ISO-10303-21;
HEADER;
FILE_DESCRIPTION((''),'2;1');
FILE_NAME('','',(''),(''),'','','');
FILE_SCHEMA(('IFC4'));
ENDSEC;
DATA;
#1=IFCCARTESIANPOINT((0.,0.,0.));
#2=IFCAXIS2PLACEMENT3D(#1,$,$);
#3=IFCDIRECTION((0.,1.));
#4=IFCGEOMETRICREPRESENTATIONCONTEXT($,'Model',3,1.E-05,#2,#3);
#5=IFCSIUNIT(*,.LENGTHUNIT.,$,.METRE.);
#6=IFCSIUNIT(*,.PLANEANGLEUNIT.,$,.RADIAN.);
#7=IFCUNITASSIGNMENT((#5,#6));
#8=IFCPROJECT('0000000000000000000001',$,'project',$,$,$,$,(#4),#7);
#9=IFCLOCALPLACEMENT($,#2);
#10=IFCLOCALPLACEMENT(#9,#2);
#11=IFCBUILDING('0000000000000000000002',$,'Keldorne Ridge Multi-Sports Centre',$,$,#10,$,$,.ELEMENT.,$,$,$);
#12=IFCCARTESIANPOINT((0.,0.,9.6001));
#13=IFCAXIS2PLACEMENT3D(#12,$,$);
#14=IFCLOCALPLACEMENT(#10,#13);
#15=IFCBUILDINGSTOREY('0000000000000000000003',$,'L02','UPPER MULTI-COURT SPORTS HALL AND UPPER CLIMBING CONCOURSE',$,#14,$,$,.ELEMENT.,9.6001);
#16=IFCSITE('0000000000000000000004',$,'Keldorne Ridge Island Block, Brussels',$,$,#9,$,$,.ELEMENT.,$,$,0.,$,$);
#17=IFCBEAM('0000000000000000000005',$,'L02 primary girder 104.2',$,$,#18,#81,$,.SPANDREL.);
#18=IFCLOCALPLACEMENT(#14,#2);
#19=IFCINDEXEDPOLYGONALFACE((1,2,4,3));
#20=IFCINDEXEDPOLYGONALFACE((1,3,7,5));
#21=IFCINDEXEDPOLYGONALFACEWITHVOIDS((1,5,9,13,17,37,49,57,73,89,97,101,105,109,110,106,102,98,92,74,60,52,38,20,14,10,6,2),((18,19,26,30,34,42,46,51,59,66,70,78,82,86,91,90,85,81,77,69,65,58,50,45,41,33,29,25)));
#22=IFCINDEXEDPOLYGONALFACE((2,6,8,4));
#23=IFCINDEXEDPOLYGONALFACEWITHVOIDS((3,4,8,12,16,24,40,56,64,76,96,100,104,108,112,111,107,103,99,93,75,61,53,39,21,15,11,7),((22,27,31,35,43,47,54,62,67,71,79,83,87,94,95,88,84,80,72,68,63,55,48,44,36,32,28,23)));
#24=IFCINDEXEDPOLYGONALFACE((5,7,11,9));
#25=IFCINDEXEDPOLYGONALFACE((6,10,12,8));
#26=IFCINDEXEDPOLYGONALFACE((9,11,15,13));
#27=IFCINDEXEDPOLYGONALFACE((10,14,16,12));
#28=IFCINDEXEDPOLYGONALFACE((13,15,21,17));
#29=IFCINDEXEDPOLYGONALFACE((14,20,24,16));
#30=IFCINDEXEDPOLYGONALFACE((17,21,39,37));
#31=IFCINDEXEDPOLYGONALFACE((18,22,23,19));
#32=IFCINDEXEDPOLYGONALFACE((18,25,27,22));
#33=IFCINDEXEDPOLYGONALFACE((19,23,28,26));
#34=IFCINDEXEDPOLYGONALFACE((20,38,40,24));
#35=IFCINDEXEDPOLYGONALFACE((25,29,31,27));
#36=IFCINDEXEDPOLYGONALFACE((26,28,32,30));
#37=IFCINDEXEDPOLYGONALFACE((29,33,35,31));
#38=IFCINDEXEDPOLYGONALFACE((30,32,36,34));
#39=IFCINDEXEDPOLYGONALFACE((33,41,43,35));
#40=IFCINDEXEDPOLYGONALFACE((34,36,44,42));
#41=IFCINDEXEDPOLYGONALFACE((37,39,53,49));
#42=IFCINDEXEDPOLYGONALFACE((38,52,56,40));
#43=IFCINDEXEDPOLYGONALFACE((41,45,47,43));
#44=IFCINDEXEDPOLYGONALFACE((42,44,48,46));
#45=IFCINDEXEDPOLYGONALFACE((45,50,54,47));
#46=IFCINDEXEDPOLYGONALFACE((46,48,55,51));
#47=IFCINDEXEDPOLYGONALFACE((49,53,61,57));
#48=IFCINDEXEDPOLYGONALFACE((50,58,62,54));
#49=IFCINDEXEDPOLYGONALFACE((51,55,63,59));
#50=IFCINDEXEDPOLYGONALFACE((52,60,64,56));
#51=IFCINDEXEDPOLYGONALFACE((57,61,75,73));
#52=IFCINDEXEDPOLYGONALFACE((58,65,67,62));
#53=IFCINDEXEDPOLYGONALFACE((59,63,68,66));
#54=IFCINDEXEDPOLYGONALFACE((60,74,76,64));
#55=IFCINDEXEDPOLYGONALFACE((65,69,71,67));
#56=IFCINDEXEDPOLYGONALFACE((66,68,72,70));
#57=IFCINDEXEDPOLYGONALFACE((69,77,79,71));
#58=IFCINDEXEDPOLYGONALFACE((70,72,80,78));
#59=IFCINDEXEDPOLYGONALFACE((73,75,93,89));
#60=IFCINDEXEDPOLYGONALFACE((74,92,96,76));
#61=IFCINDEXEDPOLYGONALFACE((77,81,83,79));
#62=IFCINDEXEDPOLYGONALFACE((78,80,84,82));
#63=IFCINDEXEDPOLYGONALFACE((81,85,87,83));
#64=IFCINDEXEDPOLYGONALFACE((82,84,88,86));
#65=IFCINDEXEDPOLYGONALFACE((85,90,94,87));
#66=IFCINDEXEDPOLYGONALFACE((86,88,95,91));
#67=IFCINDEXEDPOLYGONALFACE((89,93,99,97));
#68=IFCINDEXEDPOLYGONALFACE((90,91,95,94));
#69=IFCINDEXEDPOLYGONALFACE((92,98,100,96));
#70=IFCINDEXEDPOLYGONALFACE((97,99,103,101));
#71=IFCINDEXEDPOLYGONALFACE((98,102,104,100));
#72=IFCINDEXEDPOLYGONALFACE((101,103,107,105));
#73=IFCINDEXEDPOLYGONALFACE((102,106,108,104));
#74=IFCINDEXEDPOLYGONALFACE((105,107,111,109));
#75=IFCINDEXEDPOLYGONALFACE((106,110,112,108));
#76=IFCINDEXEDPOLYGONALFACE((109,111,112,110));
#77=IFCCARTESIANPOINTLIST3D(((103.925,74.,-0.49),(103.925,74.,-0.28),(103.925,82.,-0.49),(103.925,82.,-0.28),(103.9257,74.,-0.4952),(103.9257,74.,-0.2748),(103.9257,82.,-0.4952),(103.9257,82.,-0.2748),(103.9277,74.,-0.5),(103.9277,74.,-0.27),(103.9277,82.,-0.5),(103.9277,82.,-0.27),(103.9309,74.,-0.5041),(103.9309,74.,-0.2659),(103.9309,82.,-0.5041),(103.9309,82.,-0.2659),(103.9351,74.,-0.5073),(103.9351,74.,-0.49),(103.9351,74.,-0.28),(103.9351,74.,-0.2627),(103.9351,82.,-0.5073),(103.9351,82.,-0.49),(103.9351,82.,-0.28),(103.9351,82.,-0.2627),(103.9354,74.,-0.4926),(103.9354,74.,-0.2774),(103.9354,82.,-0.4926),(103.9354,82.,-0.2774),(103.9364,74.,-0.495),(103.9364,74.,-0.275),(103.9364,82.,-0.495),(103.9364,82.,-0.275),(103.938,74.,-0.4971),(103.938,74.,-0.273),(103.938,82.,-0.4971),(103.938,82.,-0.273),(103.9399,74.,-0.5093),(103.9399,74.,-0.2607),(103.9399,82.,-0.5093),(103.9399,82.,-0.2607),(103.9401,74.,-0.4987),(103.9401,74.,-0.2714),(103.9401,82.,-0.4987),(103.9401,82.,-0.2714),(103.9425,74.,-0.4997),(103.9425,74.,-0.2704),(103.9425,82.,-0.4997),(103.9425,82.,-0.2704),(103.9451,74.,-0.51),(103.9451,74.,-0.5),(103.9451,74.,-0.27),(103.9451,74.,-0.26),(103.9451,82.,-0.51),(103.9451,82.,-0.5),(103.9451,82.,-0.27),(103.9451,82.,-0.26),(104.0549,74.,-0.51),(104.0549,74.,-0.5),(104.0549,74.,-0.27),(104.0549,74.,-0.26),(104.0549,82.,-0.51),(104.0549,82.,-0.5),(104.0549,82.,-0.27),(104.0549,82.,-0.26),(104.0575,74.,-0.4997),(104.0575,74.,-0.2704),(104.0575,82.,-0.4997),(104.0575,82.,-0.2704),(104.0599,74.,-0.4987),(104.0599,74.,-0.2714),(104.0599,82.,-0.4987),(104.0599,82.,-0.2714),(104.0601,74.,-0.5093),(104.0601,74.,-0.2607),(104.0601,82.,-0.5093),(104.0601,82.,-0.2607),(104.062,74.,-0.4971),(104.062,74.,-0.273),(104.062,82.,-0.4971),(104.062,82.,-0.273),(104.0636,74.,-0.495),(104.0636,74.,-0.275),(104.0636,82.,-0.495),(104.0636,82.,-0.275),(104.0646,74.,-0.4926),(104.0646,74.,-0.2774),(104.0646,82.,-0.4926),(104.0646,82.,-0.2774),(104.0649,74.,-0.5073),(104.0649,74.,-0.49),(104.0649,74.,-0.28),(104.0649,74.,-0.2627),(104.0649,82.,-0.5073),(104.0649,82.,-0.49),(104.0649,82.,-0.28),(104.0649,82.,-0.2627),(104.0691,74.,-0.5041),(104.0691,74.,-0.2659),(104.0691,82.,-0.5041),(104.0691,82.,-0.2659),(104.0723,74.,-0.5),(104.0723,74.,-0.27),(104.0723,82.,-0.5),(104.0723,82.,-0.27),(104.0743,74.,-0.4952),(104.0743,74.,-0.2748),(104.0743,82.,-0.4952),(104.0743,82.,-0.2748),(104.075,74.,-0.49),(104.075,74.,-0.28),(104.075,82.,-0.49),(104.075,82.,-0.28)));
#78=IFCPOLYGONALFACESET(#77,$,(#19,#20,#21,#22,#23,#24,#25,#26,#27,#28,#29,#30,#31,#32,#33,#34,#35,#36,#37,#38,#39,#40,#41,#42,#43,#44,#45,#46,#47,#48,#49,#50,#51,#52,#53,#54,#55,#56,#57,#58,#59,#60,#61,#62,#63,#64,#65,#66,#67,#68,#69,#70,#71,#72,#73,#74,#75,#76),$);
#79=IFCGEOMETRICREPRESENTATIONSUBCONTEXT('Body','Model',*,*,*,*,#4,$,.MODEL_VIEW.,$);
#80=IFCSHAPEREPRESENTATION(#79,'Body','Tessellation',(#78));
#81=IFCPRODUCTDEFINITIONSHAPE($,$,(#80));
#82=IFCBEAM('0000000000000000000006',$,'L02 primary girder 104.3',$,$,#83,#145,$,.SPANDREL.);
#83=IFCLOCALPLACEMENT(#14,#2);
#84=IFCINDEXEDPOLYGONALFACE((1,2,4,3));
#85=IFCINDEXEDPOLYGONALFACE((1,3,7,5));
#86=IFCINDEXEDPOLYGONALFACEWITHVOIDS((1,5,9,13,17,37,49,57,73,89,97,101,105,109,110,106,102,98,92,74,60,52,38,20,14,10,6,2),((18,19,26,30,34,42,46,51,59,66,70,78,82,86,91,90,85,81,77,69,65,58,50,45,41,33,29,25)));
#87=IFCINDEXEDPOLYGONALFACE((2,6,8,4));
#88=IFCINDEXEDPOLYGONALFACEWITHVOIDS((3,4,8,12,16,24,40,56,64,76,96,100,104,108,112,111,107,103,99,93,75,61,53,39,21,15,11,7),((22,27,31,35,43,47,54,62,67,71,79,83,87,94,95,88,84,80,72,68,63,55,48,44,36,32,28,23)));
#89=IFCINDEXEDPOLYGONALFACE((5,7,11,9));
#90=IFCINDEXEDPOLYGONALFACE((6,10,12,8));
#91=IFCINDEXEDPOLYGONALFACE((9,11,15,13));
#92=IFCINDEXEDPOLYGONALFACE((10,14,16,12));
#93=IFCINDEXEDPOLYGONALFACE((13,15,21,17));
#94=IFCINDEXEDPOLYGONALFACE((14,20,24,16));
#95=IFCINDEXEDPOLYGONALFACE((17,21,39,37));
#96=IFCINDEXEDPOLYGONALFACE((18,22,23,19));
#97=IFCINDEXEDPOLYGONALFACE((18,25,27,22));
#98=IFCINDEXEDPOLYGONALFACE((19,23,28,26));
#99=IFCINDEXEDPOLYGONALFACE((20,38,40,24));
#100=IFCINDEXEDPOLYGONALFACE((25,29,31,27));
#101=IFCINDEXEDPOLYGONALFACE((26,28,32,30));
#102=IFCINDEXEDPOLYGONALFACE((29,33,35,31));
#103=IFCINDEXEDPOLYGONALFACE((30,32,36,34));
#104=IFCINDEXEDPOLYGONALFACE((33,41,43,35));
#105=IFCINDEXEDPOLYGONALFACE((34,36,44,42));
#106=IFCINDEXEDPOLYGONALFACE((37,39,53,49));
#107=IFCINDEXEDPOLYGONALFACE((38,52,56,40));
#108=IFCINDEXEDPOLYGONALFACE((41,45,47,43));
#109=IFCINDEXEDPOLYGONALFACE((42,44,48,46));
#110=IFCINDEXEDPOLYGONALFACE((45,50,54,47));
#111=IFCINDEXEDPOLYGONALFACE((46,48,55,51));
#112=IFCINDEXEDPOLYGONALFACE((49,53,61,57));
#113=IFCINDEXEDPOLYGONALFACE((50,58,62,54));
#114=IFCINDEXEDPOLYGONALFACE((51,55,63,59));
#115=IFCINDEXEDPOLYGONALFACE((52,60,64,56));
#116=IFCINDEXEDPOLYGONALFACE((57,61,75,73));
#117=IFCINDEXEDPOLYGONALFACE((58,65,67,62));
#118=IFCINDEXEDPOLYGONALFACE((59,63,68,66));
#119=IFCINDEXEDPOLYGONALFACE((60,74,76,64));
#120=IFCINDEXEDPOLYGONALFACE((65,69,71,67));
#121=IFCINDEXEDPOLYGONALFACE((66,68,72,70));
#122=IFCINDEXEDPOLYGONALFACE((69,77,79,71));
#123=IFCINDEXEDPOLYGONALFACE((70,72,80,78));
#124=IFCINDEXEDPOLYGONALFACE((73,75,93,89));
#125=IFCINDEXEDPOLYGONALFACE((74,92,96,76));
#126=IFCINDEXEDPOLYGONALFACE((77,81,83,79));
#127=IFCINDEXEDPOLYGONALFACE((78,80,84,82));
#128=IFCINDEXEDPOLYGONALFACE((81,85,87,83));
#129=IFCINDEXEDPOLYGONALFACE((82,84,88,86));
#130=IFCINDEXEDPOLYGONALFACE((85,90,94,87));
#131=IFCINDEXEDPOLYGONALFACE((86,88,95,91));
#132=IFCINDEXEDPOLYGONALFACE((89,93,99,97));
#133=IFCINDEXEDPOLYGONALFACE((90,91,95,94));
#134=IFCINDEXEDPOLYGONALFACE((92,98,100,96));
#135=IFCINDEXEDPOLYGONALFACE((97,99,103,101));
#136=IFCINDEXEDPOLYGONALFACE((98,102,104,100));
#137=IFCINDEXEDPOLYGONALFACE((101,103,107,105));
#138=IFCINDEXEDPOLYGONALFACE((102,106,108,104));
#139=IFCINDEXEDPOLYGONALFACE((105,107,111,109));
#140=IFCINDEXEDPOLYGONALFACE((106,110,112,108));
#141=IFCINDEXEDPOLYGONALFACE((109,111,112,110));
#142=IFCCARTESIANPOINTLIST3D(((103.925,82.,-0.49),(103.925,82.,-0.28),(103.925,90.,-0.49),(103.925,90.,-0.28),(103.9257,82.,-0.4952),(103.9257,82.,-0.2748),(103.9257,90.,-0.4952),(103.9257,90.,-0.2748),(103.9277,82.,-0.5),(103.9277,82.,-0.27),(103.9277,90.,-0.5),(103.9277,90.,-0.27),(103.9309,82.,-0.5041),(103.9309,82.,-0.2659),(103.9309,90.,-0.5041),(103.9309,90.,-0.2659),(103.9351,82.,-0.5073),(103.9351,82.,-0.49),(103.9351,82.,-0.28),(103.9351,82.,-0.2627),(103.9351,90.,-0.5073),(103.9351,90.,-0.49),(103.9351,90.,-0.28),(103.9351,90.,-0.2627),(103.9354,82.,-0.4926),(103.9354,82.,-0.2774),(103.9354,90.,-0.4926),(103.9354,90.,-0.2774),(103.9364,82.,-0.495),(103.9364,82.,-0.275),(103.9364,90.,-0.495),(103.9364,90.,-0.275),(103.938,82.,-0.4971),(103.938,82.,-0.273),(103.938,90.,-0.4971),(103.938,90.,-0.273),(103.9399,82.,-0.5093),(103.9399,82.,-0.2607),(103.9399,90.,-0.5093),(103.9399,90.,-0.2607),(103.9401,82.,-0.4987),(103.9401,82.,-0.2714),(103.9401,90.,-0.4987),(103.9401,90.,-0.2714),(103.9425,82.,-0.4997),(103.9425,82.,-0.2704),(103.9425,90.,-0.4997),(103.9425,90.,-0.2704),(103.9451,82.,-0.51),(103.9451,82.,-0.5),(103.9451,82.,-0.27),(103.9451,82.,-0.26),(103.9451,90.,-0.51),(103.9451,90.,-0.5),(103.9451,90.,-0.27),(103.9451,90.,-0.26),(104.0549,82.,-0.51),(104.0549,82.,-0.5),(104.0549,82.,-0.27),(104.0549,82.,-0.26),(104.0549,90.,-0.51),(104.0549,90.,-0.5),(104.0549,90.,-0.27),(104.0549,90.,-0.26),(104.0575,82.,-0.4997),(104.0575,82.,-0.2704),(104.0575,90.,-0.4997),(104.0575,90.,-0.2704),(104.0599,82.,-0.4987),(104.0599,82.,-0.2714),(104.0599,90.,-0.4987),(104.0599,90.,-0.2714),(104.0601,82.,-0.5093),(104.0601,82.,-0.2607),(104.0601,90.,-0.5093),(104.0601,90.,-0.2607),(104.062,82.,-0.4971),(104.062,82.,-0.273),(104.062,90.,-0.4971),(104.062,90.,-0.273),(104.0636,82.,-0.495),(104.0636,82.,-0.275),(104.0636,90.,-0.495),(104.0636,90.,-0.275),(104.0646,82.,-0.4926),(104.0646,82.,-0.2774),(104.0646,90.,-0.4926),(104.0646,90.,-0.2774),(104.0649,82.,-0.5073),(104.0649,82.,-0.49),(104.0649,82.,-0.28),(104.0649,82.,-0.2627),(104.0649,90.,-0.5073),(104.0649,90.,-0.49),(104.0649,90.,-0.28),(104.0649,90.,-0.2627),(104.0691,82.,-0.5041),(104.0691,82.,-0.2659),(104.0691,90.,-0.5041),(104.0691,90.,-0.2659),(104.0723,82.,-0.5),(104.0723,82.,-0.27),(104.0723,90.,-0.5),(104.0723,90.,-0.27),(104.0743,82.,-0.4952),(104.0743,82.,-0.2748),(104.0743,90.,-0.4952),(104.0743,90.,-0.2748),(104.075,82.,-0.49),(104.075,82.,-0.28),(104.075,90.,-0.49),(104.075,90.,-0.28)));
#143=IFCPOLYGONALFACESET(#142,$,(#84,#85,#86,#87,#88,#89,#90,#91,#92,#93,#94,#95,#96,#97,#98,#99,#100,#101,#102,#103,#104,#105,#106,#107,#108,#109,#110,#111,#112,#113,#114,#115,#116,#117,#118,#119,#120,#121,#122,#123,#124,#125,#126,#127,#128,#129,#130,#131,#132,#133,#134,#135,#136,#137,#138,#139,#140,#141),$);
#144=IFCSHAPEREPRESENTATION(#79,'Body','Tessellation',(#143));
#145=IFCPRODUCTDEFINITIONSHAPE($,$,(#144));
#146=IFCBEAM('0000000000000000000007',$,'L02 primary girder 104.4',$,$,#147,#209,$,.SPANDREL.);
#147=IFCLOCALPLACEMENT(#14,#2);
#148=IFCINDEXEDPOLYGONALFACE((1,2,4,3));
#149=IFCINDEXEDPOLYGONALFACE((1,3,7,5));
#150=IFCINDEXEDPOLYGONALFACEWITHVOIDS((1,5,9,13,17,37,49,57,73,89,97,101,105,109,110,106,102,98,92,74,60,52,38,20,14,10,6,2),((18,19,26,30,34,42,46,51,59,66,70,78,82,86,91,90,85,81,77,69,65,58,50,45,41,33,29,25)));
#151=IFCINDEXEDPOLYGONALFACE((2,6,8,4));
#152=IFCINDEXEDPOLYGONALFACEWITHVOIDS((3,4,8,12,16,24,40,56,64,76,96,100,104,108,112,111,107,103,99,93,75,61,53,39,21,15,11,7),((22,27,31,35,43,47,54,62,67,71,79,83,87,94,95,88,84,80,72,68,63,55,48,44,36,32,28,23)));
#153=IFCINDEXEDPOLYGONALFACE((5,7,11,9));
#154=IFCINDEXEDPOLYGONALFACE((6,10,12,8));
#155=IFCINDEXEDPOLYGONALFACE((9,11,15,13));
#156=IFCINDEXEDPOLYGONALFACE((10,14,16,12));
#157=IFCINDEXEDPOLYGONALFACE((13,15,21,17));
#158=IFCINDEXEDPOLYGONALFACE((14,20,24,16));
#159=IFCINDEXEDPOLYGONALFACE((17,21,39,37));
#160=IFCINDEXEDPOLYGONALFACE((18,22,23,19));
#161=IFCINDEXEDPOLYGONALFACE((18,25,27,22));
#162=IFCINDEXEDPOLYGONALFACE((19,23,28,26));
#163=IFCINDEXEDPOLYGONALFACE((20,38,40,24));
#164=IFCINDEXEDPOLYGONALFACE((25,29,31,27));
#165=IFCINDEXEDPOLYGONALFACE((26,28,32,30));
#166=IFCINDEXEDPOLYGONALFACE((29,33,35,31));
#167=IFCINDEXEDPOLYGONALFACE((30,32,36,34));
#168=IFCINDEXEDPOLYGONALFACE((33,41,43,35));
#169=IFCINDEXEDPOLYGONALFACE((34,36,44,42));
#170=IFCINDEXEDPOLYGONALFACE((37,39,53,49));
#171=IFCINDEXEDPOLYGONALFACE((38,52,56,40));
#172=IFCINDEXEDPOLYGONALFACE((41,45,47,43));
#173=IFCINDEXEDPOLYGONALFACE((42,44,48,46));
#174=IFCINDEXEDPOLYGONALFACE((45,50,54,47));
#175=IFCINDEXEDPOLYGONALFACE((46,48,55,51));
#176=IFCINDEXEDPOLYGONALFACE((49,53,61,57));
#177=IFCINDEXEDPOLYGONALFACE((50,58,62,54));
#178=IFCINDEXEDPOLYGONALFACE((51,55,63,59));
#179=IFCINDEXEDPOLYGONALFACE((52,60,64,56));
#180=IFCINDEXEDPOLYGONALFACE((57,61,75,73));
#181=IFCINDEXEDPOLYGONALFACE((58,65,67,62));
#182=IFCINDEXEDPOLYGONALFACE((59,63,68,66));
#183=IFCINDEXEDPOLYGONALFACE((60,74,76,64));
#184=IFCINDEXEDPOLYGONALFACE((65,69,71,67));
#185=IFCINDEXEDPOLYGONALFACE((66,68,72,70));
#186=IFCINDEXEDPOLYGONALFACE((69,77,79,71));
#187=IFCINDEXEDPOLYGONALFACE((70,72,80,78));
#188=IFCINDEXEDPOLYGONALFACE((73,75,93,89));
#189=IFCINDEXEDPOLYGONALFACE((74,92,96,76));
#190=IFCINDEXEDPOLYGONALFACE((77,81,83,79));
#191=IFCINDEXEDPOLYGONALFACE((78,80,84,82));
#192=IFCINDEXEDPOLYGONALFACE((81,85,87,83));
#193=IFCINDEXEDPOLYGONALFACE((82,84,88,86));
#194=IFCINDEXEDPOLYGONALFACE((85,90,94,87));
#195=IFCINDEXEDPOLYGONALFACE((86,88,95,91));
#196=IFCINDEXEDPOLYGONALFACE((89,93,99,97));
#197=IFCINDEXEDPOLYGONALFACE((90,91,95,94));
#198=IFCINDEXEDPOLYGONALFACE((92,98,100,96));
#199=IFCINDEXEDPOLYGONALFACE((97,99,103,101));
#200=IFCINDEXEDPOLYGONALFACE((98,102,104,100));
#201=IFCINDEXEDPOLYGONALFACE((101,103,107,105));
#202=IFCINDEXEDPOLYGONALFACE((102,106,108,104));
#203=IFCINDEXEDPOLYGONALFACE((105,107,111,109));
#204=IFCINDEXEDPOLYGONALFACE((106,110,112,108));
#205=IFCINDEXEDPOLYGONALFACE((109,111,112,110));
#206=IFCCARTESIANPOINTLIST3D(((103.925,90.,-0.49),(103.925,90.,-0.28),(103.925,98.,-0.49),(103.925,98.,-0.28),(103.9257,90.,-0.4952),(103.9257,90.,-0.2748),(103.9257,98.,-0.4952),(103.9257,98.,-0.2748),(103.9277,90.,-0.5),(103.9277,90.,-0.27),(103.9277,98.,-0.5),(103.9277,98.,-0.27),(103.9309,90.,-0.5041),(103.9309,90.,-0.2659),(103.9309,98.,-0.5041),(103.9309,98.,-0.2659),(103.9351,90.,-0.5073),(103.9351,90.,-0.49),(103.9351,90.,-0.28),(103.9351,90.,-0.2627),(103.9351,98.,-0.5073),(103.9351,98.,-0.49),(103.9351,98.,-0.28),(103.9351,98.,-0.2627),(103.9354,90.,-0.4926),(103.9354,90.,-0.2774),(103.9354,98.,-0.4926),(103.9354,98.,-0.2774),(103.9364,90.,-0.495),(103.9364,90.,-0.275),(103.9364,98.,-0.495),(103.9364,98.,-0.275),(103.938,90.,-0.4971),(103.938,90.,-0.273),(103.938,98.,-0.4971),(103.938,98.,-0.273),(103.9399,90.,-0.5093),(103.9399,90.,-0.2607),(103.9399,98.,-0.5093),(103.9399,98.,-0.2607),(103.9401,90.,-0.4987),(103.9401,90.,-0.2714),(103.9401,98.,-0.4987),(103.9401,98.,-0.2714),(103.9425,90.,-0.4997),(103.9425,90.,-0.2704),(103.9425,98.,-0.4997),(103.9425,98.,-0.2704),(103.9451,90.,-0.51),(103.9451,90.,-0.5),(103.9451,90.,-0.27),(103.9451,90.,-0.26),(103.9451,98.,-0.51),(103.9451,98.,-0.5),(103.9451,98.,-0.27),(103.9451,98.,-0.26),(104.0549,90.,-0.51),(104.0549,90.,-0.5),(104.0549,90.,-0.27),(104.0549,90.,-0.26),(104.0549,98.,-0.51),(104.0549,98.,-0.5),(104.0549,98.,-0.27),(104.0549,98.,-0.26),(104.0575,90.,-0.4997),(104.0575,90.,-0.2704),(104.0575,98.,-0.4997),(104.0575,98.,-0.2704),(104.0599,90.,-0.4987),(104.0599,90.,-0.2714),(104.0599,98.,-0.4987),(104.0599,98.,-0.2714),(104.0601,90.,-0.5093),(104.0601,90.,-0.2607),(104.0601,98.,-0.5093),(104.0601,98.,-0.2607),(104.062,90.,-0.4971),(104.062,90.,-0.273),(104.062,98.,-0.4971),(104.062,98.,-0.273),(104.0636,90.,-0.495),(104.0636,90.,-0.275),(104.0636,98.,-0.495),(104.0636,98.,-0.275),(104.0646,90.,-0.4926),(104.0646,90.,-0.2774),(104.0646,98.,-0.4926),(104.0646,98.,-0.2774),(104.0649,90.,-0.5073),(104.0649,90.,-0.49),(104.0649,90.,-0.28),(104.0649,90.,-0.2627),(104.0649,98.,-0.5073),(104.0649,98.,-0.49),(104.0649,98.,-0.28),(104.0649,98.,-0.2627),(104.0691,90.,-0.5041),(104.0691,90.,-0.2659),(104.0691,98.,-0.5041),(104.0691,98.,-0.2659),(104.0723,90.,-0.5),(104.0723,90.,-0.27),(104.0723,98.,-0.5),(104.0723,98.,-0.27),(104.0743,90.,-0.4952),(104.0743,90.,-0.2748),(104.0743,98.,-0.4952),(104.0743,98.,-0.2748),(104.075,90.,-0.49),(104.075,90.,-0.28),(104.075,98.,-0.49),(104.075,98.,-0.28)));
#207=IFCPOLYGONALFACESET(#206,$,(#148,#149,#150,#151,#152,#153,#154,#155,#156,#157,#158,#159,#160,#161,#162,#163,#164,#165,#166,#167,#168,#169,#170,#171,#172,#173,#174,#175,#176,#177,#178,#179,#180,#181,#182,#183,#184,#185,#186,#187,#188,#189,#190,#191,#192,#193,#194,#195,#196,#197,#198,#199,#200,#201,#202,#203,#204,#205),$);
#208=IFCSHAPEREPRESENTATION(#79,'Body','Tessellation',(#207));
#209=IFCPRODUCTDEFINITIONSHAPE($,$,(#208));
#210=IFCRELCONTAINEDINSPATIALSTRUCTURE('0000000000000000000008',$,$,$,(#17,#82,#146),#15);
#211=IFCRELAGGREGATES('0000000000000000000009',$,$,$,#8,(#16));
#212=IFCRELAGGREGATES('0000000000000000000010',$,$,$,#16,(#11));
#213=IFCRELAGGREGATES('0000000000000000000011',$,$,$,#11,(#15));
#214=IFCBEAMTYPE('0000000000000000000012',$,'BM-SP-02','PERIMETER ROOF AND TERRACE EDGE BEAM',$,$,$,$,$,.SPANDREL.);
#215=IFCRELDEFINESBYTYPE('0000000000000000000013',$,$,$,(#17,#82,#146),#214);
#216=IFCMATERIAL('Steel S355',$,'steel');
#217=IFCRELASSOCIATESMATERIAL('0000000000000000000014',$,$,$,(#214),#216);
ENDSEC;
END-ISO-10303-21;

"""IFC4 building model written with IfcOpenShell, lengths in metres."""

from ifc_helpers import new_model, si_unit, direction, frame, origin, origin_2d, place, context, subcontext, project, spatial, hollow_rectangle, extrude, material, material_profile, profile_set, type_object, element, save


model = new_model("IFC4")

# Units and contexts
model_context = context("Model", 3, precision=1e-05, world=origin(), true_north=direction((0.0, 1.0)))
body_context = subcontext(model_context, "Body", "Model", "MODEL_VIEW")
ifc_project = project(units=[si_unit("LENGTHUNIT", "METRE"), si_unit("PLANEANGLEUNIT", "RADIAN")], contexts=[model_context])

# Site, building, storey
site_placement = place(None, origin())
site = spatial("IfcSite", under=ifc_project, at=site_placement, Name="Keldorne Ridge Island Block, Brussels", CompositionType="ELEMENT", RefElevation=0.0)
building_placement = place(site_placement, origin())
building = spatial("IfcBuilding", under=site, at=building_placement, Name="Keldorne Ridge Multi-Sports Centre", CompositionType="ELEMENT")
storey_placement = place(building_placement, frame((0.0, 0.0, 9.6001)))
storey = spatial("IfcBuildingStorey", under=building, at=storey_placement, Name="L02", Description="UPPER MULTI-COURT SPORTS HALL AND UPPER CLIMBING CONCOURSE", CompositionType="ELEMENT", Elevation=9.6001)

# Shared definitions
ifc_material_1 = material(Name="Steel S355", Category="steel")

# Beams
ifc_material_profile_1 = material_profile(ifc_material_1, hollow_rectangle(XDim=0.1499, YDim=0.25, WallThickness=0.01, InnerFilletRadius=0.01, OuterFilletRadius=0.02, at=origin_2d()), Name="RHS 250x150x10")
ifc_profile_set_1 = profile_set([ifc_material_profile_1], Name="Steel S355")
beam_type_1 = type_object("IfcBeamType", Name="BM-SP-02", Description="PERIMETER ROOF AND TERRACE EDGE BEAM", PredefinedType="SPANDREL", material=ifc_profile_set_1)
for number, where, z_axis, x_axis, name in (
    (1, (104.0, 74.0, -0.385), (0.0, 1.0, 0.0), (-1.0, 0.0, 0.0), "L02 primary girder 104.2"),
    (2, (104.0, 82.0, -0.385), (0.0, 1.0, 0.0), (-1.0, 0.0, 0.0), "L02 primary girder 104.3"),
    (3, (104.0, 90.0, -0.385), (0.0, 1.0, 0.0), (-1.0, 0.0, 0.0), "L02 primary girder 104.4"),
):
    element("IfcBeam", number, at=place(storey_placement, frame(where, z_axis=z_axis, x_axis=x_axis)), inside=storey, type_object=beam_type_1, Name=name, PredefinedType="SPANDREL", context=body_context, shape_type="SweptSolid", body=[
        extrude(hollow_rectangle(XDim=0.1499, YDim=0.25, WallThickness=0.01, InnerFilletRadius=0.01, OuterFilletRadius=0.02, at=origin_2d()), origin(), (0.0, 0.0, 1.0), 8.0),
    ])

save(model, "model.ifc")
